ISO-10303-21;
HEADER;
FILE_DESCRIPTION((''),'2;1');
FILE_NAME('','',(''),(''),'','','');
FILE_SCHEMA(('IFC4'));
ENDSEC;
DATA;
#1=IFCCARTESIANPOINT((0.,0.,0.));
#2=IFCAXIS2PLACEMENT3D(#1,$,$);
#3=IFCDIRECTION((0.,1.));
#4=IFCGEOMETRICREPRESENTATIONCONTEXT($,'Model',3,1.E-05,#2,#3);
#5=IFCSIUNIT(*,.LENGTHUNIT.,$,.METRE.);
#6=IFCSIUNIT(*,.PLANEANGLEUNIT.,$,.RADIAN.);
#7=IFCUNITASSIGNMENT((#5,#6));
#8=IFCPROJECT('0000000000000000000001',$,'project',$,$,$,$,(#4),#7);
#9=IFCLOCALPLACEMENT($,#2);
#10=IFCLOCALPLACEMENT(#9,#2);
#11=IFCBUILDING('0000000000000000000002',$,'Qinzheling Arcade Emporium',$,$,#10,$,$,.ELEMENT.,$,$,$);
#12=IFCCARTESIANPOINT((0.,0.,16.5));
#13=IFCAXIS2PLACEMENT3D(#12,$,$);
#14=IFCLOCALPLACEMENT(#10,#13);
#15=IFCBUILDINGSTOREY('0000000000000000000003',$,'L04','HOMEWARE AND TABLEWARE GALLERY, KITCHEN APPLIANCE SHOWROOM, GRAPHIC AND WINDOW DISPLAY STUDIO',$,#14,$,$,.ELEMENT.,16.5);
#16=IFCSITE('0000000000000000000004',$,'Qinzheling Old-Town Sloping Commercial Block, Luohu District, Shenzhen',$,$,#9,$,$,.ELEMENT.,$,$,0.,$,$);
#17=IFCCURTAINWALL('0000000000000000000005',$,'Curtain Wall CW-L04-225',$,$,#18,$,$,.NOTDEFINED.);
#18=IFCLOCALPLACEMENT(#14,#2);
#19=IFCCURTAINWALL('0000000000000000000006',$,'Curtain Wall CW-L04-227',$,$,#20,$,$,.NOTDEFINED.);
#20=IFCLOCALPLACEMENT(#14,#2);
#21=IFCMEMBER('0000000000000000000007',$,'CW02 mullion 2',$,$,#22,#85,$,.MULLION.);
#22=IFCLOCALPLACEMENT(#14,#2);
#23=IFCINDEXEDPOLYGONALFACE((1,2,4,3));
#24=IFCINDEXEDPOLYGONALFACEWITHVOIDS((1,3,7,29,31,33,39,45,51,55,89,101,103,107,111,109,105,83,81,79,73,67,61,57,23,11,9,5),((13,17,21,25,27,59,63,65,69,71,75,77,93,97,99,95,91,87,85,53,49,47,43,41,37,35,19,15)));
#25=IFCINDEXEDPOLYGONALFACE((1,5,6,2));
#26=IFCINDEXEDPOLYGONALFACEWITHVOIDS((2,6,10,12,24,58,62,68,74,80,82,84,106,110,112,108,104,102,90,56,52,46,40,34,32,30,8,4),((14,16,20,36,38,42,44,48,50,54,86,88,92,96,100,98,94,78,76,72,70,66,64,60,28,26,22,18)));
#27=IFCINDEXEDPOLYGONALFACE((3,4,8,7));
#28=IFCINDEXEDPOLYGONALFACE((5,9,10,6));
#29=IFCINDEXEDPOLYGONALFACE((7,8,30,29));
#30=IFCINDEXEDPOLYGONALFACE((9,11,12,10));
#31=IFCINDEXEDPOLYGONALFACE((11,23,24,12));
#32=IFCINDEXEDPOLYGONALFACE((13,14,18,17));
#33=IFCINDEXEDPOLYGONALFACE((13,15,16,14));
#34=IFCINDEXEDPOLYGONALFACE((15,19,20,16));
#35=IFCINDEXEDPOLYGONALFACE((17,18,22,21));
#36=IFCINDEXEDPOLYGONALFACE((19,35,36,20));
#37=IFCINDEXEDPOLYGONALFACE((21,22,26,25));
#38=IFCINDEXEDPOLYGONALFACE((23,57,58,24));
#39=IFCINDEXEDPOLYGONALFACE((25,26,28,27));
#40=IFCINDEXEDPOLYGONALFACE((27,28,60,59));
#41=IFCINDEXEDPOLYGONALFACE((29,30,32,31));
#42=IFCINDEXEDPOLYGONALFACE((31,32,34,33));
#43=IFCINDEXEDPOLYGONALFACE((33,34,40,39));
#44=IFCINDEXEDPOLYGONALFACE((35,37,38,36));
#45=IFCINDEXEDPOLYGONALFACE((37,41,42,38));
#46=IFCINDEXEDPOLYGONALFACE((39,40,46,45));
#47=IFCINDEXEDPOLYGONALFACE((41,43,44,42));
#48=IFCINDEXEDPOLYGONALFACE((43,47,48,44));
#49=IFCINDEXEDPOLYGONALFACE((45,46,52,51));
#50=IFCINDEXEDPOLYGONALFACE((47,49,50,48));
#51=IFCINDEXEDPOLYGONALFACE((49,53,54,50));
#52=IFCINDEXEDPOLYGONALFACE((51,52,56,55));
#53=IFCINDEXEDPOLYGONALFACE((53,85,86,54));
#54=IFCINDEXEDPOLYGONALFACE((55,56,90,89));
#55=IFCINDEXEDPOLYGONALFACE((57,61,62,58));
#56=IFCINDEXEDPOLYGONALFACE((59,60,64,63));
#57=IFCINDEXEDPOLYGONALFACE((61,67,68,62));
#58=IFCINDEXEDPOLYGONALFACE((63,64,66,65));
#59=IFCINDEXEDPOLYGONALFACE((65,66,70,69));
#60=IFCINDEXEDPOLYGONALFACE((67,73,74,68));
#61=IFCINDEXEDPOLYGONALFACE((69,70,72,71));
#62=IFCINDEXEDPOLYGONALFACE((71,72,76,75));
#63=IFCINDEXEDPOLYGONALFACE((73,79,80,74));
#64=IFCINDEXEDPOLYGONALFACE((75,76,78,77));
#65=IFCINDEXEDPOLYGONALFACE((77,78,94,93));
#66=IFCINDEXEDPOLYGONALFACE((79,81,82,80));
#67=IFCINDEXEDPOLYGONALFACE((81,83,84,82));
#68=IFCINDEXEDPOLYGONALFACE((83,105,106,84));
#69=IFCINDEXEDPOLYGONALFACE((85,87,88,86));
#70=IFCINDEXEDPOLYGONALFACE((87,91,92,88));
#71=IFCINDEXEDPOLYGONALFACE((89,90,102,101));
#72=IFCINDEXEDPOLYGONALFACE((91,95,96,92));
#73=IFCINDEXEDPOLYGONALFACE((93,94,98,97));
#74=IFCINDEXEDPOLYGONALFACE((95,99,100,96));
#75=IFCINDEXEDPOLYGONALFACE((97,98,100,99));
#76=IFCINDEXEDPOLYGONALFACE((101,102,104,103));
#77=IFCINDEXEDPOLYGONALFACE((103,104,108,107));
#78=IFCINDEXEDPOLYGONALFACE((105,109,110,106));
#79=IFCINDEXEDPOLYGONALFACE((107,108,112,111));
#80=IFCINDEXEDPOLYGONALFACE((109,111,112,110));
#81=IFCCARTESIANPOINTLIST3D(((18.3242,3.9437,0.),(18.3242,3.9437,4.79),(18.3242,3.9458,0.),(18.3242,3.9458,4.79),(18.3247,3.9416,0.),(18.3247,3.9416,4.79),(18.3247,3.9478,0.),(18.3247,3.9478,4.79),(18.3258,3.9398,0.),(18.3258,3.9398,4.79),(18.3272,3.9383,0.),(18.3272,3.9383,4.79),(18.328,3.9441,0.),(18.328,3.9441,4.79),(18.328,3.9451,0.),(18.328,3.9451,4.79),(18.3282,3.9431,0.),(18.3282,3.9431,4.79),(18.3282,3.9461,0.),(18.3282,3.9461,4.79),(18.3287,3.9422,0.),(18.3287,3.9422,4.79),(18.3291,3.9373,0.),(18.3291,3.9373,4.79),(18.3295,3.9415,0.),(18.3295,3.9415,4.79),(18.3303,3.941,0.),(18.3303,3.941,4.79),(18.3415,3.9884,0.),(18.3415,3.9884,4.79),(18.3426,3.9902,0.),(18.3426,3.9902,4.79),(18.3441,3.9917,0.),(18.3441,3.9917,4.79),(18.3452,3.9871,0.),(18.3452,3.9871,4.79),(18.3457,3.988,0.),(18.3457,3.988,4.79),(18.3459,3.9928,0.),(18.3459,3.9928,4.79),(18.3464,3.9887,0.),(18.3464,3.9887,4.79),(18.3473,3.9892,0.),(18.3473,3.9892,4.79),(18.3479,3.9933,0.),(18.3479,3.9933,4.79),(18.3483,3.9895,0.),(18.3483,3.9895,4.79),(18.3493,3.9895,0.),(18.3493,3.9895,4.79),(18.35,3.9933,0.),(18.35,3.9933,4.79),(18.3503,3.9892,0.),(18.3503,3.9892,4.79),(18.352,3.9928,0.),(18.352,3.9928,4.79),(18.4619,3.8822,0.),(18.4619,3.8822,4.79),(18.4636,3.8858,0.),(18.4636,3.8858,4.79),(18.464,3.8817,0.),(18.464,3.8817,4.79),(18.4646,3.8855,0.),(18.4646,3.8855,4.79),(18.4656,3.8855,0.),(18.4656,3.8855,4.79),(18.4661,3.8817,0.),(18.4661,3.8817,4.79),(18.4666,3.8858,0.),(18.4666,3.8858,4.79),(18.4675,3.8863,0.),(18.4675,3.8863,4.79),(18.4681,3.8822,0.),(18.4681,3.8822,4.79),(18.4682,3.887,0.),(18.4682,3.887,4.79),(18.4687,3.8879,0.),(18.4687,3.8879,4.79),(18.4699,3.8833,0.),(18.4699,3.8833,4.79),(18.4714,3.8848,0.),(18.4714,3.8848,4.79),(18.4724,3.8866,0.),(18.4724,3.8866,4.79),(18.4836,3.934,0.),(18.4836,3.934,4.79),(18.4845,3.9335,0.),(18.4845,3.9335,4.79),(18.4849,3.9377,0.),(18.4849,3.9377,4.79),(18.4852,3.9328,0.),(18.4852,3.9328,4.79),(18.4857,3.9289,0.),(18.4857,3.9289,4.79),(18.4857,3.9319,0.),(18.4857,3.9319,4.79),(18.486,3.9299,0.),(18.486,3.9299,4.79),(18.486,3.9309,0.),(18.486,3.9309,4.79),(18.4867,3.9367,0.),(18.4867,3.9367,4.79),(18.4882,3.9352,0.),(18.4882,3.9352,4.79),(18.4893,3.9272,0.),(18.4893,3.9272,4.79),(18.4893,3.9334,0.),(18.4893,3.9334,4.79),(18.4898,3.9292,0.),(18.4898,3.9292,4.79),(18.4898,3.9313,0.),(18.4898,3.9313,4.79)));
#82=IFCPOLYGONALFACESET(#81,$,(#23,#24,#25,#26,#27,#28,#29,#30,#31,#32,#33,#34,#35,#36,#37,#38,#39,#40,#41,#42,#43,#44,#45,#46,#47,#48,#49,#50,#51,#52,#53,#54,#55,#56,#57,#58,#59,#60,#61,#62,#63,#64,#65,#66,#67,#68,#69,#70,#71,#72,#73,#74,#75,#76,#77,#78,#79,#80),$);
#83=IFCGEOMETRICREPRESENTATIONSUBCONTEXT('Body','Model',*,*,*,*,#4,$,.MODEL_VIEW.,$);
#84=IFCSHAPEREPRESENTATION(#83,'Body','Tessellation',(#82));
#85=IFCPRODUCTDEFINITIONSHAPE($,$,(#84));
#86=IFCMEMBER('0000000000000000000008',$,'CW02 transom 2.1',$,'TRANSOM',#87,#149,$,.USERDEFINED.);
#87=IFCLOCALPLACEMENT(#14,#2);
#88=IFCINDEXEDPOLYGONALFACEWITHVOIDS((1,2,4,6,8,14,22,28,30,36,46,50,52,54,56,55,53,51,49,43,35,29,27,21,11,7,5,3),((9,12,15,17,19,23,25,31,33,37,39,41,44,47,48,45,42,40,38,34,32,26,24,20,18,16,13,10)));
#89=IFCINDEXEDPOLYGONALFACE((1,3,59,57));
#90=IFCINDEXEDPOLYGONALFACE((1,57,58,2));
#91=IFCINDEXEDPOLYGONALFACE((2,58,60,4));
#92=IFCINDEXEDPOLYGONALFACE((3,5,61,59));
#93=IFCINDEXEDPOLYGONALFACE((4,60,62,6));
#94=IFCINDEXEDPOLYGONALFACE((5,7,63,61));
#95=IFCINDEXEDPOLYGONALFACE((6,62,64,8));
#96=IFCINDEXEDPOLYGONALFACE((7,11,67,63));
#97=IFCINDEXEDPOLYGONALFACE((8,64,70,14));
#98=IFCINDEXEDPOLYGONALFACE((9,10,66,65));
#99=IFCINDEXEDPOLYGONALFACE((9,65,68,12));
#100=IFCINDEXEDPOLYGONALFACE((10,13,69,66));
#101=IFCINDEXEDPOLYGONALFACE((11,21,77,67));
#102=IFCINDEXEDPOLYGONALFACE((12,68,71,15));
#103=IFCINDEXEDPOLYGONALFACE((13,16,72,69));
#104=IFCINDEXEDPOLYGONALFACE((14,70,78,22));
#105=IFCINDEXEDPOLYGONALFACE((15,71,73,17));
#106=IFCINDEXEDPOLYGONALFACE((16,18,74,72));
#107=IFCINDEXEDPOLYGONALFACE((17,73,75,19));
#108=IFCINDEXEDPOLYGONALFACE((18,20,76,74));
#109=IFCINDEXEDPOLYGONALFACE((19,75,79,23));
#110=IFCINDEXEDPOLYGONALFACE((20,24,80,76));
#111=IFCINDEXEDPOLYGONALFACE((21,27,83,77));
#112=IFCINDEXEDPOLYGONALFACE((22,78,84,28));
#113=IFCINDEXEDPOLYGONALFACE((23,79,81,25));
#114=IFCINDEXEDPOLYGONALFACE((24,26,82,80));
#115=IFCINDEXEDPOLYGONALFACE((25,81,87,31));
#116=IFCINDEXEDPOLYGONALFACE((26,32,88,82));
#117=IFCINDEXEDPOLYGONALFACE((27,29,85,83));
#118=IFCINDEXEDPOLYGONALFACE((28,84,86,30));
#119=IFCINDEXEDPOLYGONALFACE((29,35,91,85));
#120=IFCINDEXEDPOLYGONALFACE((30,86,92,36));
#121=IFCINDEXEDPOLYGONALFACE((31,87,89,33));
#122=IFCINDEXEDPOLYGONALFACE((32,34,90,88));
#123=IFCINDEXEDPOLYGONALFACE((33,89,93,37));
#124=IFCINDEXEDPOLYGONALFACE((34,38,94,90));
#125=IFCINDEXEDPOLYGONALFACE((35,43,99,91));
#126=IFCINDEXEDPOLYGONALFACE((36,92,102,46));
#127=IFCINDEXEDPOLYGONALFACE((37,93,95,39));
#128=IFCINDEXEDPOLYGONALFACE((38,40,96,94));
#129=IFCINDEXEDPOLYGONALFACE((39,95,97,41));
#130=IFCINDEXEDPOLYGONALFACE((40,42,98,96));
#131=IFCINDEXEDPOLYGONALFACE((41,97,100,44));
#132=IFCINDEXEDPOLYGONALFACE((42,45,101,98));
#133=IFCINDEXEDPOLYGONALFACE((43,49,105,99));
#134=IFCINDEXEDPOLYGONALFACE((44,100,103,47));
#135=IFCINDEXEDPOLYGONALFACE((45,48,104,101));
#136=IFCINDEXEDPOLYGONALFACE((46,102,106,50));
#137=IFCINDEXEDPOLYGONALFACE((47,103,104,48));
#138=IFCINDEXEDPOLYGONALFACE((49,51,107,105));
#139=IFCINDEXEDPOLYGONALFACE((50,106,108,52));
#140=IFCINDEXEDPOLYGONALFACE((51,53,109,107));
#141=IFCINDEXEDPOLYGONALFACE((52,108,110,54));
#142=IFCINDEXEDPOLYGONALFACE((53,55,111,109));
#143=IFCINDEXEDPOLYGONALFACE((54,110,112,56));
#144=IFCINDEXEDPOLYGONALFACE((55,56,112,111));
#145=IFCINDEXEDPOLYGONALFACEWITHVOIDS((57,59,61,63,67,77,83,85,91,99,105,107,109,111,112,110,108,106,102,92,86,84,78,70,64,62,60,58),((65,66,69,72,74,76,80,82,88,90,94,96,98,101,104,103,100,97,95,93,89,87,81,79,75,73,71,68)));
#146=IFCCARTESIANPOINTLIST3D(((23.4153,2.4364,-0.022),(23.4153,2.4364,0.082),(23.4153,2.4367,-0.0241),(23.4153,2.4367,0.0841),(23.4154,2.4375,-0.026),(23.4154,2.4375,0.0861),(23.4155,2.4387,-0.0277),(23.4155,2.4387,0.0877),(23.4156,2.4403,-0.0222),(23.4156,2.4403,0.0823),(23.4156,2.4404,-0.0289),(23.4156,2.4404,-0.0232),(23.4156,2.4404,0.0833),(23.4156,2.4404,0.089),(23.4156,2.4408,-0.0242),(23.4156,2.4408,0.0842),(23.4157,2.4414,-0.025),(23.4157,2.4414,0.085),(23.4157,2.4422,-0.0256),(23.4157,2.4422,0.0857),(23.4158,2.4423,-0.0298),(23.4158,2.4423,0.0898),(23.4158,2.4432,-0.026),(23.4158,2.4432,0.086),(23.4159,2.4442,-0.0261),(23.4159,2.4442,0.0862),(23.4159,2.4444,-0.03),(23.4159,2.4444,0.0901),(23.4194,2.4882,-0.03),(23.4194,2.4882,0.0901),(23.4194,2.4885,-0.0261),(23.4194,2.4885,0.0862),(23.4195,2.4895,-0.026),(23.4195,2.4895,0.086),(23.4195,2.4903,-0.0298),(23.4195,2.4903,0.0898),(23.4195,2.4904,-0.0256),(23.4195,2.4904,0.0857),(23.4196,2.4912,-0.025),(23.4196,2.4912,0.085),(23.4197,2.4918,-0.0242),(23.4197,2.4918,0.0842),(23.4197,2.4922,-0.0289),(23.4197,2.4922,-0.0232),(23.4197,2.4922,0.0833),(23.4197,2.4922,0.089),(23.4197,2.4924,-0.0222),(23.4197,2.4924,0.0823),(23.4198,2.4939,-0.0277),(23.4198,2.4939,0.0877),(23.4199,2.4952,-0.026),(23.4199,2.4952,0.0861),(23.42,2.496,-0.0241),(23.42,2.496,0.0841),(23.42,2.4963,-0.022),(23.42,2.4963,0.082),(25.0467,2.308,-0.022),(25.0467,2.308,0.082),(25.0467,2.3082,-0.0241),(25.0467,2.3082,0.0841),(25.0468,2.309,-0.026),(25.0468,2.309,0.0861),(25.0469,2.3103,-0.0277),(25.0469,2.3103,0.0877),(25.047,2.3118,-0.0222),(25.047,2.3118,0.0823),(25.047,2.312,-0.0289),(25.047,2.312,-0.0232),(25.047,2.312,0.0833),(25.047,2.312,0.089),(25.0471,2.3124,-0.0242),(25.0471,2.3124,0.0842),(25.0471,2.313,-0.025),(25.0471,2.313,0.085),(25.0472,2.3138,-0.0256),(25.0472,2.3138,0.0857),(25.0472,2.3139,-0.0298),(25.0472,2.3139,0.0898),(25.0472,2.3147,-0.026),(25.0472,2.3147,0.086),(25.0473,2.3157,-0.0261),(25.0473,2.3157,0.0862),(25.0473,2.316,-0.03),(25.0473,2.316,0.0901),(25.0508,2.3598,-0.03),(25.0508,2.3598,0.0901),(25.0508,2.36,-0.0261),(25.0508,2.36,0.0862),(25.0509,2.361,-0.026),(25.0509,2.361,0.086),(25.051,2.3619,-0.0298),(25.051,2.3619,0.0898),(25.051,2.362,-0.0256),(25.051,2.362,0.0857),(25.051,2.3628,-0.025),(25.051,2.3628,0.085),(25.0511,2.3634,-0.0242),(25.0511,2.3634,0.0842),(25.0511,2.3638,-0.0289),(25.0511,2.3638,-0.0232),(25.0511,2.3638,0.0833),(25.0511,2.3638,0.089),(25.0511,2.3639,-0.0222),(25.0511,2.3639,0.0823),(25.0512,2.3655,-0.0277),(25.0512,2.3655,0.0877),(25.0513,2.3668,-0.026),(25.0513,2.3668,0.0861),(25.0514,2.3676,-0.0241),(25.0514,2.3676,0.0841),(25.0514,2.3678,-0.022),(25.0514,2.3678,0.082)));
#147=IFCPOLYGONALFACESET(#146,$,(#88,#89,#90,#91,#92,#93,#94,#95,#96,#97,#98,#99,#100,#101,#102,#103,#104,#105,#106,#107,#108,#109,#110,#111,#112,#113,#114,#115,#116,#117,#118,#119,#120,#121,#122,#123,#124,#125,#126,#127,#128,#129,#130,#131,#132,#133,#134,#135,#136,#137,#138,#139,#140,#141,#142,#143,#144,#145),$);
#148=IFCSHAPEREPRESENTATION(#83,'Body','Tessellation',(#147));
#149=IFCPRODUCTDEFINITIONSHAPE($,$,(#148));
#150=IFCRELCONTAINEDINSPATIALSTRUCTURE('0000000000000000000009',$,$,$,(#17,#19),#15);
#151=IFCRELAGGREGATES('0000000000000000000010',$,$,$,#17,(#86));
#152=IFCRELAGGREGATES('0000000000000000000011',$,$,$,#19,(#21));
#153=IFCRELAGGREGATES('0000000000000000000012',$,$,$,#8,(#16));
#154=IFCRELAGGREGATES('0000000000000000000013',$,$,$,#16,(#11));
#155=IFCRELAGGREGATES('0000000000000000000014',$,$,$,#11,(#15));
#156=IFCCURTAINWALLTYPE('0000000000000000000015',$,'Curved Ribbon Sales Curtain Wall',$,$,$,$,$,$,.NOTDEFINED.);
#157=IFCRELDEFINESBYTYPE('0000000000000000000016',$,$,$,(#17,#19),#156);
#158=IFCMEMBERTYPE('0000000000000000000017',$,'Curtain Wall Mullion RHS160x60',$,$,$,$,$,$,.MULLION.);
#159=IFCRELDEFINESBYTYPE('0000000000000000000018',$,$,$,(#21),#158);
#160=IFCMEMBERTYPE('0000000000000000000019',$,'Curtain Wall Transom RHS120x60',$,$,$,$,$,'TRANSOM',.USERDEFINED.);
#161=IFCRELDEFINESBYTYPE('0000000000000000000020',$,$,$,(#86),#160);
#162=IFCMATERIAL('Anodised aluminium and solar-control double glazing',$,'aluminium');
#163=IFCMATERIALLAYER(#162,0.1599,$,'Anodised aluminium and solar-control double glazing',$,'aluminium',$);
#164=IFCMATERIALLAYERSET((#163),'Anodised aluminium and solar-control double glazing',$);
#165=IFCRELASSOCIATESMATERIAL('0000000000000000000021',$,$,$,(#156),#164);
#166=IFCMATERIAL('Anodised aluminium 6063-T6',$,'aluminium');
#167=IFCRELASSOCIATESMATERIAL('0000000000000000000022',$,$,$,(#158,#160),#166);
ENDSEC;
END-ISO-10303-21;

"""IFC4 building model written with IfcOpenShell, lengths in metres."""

from ifc_helpers import new_model, si_unit, direction, frame, origin, origin_2d, place, context, subcontext, project, spatial, hollow_rectangle, extrude, material, layer, layer_set, material_profile, profile_set, type_object, element, aggregate, save


model = new_model("IFC4")

# Units and contexts
model_context = context("Model", 3, precision=1e-05, world=origin(), true_north=direction((0.0, 1.0)))
body_context = subcontext(model_context, "Body", "Model", "MODEL_VIEW")
ifc_project = project(units=[si_unit("LENGTHUNIT", "METRE"), si_unit("PLANEANGLEUNIT", "RADIAN")], contexts=[model_context])

# Site, building, storey
site_placement = place(None, origin())
site = spatial("IfcSite", under=ifc_project, at=site_placement, Name="Qinzheling Old-Town Sloping Commercial Block, Luohu District, Shenzhen", CompositionType="ELEMENT", RefElevation=0.0)
building_placement = place(site_placement, origin())
building = spatial("IfcBuilding", under=site, at=building_placement, Name="Qinzheling Arcade Emporium", CompositionType="ELEMENT")
storey_placement = place(building_placement, frame((0.0, 0.0, 16.5)))
storey = spatial("IfcBuildingStorey", under=building, at=storey_placement, Name="L04", Description="HOMEWARE AND TABLEWARE GALLERY, KITCHEN APPLIANCE SHOWROOM, GRAPHIC AND WINDOW DISPLAY STUDIO", CompositionType="ELEMENT", Elevation=16.5)

# Curtain walls, member
ifc_material_1 = material(Name="Anodised aluminium and solar-control double glazing", Category="aluminium")
ifc_layer_1 = layer(ifc_material_1, 0.1599, Name="Anodised aluminium and solar-control double glazing", Category="aluminium")
ifc_layer_set_1 = layer_set([ifc_layer_1], Name="Anodised aluminium and solar-control double glazing")
curtain_wall_type = type_object("IfcCurtainWallType", Name="Curved Ribbon Sales Curtain Wall", PredefinedType="NOTDEFINED", material=ifc_layer_set_1)
curtain_wall_1_placement = place(storey_placement, origin())
curtain_wall_1 = element("IfcCurtainWall", 1, at=curtain_wall_1_placement, inside=storey, type_object=curtain_wall_type, Name="Curtain Wall CW-L04-225", PredefinedType="NOTDEFINED")
ifc_material_2 = material(Name="Anodised aluminium 6063-T6", Category="aluminium")
ifc_material_profile_1 = material_profile(ifc_material_2, hollow_rectangle(XDim=0.0601, YDim=0.1599, WallThickness=0.0039, InnerFilletRadius=0.0039, OuterFilletRadius=0.0081, at=origin_2d()), Name="RHS 160x60x4", Category="aluminium")
ifc_profile_set_1 = profile_set([ifc_material_profile_1], Name="Anodised aluminium 6063-T6")
member_type_1 = type_object("IfcMemberType", Name="Curtain Wall Mullion RHS160x60", PredefinedType="MULLION", material=ifc_profile_set_1)
curtain_wall_2_placement = place(storey_placement, origin())
curtain_wall_2 = element("IfcCurtainWall", 2, at=curtain_wall_2_placement, inside=storey, type_object=curtain_wall_type, Name="Curtain Wall CW-L04-227", PredefinedType="NOTDEFINED")
member_1_placement = place(storey_placement, frame((18.407, 3.9375, 0.0), z_axis=(0.0, 0.0, 1.0), x_axis=(-0.382599, -0.923914, 0.0)))
member_1 = element("IfcMember", 3, at=member_1_placement, type_object=member_type_1, Name="CW02 mullion 2", PredefinedType="MULLION", context=body_context, shape_type="SweptSolid", body=[
    extrude(hollow_rectangle(XDim=0.0601, YDim=0.1599, WallThickness=0.0039, InnerFilletRadius=0.0039, OuterFilletRadius=0.0081, at=origin_2d()), origin(), (0.0, 0.0, 1.0), 4.79),
])

# Member
ifc_material_profile_2 = material_profile(ifc_material_2, hollow_rectangle(XDim=0.0601, YDim=0.1201, WallThickness=0.0039, InnerFilletRadius=0.0039, OuterFilletRadius=0.0081, at=origin_2d()), Name="RHS 120x60x4", Category="aluminium")
ifc_profile_set_2 = profile_set([ifc_material_profile_2], Name="Anodised aluminium 6063-T6")
member_type_2 = type_object("IfcMemberType", Name="Curtain Wall Transom RHS120x60", ElementType="TRANSOM", PredefinedType="USERDEFINED", material=ifc_profile_set_2)
member_2_placement = place(storey_placement, frame((25.0491, 2.3379, 0.03), z_axis=(-0.996916, 0.078476, 0.0), x_axis=(-0.078476, -0.996916, 0.0)))
member_2 = element("IfcMember", 4, at=member_2_placement, type_object=member_type_2, Name="CW02 transom 2.1", ObjectType="TRANSOM", PredefinedType="USERDEFINED", context=body_context, shape_type="SweptSolid", body=[
    extrude(hollow_rectangle(XDim=0.0601, YDim=0.1201, WallThickness=0.0039, InnerFilletRadius=0.0039, OuterFilletRadius=0.0081, at=origin_2d()), origin(), (0.0, 0.0, 1.0), 1.6365),
])

aggregate(curtain_wall_1, [member_2])
aggregate(curtain_wall_2, [member_1])

save(model, "model.ifc")
